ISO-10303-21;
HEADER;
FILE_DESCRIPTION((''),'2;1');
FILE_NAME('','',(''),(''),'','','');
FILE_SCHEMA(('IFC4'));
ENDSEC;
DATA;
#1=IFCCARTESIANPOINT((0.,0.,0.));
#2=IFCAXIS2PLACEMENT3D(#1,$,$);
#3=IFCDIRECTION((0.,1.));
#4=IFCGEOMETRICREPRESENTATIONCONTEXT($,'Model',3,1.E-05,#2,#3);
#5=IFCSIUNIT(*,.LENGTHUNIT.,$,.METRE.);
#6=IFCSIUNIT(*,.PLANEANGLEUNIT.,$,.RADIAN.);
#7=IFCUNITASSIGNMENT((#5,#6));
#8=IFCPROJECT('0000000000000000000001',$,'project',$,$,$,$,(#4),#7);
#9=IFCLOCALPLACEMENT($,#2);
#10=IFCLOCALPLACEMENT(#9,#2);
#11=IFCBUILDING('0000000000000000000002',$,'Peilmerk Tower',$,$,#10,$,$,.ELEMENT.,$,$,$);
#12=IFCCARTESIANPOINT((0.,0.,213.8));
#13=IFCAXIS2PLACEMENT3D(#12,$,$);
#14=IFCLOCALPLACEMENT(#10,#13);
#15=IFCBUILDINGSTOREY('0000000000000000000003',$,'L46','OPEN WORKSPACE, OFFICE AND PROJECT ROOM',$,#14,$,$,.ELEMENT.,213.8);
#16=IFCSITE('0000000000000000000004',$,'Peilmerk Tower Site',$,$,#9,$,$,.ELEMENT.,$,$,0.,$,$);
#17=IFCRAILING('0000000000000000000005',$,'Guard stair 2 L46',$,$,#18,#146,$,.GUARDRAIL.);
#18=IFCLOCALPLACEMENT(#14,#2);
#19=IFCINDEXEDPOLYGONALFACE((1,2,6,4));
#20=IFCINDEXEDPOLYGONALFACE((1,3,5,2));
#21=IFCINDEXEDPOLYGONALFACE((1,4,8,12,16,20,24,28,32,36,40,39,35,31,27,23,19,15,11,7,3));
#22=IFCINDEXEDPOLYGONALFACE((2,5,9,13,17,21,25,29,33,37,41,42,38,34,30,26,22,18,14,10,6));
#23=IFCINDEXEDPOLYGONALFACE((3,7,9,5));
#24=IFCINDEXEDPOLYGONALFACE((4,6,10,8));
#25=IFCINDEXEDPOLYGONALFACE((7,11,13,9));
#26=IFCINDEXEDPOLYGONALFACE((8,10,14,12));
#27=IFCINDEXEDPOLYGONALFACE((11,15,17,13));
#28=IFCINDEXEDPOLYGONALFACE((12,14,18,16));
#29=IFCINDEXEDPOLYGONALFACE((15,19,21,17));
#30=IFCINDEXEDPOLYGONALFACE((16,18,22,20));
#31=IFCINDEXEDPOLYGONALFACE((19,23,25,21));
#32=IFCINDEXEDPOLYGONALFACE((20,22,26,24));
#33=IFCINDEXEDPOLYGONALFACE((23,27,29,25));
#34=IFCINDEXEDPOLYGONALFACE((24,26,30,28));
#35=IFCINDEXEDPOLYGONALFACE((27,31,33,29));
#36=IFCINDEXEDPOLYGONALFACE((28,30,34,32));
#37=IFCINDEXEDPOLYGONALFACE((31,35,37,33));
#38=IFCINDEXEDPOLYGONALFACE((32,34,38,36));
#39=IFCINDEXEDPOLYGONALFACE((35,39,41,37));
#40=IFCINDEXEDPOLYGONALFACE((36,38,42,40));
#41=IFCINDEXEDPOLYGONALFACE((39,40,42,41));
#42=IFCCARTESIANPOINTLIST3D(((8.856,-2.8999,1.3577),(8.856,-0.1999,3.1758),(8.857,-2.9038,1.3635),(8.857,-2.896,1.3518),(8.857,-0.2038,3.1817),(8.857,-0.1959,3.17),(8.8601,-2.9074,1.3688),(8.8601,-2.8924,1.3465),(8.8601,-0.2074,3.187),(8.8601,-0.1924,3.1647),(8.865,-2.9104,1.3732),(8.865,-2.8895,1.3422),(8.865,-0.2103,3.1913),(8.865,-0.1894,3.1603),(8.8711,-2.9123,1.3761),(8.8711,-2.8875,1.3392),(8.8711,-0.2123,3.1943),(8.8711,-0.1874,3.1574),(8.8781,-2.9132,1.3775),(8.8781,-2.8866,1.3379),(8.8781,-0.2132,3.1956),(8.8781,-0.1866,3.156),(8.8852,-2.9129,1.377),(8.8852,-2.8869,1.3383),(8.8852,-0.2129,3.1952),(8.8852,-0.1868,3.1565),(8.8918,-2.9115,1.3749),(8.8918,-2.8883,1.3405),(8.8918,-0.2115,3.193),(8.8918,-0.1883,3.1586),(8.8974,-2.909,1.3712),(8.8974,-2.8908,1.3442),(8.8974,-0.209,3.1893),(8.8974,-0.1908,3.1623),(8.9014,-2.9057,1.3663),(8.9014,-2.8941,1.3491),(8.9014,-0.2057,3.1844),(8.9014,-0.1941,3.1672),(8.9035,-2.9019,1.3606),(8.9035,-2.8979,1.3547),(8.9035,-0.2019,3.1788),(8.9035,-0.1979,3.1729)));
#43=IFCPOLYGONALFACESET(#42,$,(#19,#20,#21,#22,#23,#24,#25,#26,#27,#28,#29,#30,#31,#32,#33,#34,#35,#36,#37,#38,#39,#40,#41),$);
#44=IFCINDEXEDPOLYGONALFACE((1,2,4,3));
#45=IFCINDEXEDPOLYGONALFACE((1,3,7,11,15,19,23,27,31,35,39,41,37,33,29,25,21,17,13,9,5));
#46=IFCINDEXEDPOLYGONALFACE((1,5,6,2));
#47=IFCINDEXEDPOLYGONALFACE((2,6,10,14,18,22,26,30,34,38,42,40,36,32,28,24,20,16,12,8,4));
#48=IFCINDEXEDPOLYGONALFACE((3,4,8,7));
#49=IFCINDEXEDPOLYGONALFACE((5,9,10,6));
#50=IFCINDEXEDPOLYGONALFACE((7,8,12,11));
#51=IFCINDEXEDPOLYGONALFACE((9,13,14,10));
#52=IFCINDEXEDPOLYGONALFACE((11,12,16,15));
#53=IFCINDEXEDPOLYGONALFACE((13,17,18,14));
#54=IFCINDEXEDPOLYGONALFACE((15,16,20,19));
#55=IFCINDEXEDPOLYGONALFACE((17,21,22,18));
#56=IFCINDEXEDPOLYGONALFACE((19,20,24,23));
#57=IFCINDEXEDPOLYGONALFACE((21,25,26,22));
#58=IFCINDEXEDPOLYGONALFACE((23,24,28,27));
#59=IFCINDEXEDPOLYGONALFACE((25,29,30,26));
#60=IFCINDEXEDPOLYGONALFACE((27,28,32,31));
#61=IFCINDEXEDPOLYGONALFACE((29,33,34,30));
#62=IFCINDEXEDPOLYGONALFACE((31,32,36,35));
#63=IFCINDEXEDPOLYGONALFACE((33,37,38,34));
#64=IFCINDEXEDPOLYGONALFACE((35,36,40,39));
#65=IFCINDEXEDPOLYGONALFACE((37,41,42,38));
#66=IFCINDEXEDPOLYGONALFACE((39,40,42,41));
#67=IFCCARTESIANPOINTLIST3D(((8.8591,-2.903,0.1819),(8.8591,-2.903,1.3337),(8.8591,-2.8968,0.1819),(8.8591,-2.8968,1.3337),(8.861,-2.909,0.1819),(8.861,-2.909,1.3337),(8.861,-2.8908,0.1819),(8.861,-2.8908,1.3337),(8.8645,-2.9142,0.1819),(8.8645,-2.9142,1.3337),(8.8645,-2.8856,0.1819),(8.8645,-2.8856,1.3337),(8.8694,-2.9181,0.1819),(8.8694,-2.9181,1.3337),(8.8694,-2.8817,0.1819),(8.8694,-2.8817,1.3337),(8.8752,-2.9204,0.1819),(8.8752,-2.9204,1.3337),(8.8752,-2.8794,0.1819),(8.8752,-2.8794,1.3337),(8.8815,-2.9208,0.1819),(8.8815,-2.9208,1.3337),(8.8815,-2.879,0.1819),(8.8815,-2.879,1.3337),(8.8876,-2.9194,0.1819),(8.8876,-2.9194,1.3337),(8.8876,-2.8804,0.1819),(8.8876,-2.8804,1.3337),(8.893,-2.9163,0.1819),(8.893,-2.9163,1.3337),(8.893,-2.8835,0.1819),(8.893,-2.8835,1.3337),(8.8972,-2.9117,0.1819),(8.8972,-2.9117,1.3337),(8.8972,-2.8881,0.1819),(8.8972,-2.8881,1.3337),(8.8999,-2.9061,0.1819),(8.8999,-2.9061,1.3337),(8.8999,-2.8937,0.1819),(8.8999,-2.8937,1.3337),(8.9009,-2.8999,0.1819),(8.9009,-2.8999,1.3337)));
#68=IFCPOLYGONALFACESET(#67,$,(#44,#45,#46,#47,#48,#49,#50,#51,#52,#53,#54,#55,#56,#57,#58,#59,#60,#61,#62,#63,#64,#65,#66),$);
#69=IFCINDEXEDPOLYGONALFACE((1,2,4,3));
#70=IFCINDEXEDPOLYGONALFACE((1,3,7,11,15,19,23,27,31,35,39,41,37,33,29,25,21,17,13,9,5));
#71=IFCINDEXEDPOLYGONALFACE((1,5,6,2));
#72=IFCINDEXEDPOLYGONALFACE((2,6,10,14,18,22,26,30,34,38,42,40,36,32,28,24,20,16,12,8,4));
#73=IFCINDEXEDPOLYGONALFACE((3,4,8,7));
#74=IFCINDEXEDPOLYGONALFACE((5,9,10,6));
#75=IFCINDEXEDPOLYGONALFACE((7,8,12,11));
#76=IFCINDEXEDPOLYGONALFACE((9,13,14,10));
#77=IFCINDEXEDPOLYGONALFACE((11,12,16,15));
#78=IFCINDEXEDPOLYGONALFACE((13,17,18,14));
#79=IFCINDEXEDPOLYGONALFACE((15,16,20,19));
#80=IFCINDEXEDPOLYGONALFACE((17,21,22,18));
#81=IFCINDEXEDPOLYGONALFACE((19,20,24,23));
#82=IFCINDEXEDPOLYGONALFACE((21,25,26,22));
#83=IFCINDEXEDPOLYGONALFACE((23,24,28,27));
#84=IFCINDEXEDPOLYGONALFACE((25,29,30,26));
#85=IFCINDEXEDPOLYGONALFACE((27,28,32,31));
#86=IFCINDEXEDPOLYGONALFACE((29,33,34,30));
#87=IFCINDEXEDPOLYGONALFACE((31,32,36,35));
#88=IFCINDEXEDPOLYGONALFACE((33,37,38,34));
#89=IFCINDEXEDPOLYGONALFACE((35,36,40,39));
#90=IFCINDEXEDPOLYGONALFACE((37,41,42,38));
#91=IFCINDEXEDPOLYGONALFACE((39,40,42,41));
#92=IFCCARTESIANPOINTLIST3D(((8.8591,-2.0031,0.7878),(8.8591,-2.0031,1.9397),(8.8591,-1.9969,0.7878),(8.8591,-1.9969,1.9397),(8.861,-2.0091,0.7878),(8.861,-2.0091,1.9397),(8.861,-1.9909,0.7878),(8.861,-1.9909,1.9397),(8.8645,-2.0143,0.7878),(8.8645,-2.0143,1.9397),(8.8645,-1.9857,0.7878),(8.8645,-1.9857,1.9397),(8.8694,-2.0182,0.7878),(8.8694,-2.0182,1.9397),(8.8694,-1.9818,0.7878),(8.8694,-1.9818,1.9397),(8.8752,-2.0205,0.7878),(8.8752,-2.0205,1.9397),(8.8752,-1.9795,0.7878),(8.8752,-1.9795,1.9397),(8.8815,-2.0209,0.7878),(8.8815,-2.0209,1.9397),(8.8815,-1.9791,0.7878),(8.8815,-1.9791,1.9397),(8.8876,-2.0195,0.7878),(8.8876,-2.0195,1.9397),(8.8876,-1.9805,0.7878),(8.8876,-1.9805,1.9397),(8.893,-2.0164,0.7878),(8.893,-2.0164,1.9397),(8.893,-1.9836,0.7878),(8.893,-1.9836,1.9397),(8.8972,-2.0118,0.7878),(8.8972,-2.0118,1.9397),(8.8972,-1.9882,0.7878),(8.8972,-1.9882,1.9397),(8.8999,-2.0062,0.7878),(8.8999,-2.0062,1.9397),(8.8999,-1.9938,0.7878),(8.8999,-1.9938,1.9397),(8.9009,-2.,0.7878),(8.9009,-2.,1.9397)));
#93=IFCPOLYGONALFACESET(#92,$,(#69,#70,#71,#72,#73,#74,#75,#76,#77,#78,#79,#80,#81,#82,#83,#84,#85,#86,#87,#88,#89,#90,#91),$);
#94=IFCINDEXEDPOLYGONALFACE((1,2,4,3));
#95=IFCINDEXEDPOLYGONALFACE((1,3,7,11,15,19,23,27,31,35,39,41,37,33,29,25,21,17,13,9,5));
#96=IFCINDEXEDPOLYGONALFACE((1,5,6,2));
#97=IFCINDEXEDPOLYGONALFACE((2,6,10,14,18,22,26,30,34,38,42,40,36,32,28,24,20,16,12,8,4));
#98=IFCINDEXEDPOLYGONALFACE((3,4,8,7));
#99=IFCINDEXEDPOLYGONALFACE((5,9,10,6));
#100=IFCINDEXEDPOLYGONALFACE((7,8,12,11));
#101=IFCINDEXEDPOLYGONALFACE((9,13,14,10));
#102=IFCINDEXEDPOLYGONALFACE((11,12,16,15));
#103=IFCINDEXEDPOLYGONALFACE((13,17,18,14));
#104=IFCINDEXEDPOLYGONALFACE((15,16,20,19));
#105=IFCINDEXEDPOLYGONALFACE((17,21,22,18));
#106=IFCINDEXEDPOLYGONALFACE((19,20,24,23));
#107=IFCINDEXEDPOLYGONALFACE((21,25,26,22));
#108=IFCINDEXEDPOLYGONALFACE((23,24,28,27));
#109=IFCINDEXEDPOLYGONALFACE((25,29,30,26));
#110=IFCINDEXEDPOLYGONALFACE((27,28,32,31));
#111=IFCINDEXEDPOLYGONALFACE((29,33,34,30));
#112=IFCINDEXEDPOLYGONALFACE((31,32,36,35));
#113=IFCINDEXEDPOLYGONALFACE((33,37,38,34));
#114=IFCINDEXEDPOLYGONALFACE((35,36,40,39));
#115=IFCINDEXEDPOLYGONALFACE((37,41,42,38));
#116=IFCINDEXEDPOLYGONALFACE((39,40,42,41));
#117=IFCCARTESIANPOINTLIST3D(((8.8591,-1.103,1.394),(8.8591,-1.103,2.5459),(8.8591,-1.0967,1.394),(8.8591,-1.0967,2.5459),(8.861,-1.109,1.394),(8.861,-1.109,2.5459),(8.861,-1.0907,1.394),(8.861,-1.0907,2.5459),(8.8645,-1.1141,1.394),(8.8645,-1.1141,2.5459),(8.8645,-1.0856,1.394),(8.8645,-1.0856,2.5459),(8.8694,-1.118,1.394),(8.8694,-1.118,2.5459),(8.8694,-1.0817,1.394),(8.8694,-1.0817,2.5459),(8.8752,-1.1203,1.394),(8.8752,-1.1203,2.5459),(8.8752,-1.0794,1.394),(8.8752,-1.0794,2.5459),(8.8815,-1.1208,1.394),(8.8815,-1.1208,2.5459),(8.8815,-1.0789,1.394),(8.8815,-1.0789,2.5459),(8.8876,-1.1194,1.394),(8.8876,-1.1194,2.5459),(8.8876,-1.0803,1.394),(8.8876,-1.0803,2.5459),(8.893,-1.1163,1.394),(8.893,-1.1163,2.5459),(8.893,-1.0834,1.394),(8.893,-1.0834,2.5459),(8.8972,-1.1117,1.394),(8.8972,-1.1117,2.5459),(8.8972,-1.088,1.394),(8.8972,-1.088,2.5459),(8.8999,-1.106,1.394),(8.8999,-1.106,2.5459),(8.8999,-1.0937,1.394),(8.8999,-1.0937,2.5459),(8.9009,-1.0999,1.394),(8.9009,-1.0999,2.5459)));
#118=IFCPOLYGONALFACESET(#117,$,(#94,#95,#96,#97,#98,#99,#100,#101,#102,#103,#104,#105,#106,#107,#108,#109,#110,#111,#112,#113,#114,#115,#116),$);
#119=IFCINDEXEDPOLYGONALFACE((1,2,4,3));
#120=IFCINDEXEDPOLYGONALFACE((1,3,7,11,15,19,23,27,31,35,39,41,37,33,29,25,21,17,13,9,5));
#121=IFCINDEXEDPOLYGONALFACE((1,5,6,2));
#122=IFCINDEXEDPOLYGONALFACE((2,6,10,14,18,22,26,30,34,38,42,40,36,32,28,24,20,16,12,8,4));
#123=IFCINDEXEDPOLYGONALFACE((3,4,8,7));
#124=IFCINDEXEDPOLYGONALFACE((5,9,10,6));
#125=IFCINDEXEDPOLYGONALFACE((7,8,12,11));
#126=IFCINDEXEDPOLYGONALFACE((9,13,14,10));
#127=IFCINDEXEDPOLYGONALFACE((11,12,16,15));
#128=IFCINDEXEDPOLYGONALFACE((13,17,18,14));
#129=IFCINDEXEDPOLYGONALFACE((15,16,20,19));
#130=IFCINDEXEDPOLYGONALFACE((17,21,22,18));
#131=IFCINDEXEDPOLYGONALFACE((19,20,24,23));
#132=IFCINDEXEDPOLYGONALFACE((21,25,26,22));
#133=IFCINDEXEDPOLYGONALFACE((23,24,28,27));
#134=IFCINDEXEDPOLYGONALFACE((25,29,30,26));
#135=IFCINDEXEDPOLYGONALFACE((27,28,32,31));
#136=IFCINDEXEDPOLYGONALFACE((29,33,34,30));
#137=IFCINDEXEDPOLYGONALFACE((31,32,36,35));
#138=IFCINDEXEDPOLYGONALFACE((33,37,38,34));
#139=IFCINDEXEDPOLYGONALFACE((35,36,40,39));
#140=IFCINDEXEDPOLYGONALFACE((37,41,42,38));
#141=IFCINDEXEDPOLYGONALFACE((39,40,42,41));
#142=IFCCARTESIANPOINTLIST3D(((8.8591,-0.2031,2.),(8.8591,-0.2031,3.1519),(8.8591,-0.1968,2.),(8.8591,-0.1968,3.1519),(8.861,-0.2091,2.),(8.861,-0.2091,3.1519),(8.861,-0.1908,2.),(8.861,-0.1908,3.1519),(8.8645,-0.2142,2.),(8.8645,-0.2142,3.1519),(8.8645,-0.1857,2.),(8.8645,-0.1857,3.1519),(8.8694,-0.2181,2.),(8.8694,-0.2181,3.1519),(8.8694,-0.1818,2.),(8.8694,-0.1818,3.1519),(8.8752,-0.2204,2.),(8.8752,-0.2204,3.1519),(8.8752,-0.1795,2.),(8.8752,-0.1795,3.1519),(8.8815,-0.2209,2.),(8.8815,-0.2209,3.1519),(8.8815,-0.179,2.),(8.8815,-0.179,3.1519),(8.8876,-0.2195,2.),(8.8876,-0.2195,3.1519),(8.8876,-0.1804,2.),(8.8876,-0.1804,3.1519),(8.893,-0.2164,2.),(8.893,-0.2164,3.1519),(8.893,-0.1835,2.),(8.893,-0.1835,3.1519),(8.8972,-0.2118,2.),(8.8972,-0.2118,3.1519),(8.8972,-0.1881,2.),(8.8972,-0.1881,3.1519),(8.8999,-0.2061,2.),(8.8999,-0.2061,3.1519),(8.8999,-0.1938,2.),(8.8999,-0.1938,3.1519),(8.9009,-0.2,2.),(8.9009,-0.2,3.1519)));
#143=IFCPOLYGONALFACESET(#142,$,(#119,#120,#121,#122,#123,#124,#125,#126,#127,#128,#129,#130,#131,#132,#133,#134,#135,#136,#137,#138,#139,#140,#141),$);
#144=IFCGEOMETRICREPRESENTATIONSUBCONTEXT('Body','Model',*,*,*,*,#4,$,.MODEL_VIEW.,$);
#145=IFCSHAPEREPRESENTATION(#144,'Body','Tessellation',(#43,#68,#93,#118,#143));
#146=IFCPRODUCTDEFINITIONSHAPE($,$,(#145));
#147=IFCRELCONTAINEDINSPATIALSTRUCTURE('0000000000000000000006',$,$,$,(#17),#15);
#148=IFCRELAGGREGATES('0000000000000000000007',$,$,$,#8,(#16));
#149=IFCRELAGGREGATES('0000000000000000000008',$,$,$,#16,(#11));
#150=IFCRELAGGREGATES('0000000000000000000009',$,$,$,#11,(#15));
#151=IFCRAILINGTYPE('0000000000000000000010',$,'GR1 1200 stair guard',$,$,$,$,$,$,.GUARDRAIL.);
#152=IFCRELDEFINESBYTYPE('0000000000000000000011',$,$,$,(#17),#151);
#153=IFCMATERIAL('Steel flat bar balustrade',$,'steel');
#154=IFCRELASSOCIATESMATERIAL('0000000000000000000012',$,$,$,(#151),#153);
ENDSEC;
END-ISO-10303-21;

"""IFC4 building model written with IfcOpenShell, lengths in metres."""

from ifc_helpers import new_model, si_unit, direction, frame, origin, origin_2d, place, context, subcontext, project, spatial, circle, extrude, material, type_object, element, save


model = new_model("IFC4")

# Units and contexts
model_context = context("Model", 3, precision=1e-05, world=origin(), true_north=direction((0.0, 1.0)))
body_context = subcontext(model_context, "Body", "Model", "MODEL_VIEW")
ifc_project = project(units=[si_unit("LENGTHUNIT", "METRE"), si_unit("PLANEANGLEUNIT", "RADIAN")], contexts=[model_context])

# Site, building, storey
site_placement = place(None, origin())
site = spatial("IfcSite", under=ifc_project, at=site_placement, Name="Peilmerk Tower Site", CompositionType="ELEMENT", RefElevation=0.0)
building_placement = place(site_placement, origin())
building = spatial("IfcBuilding", under=site, at=building_placement, Name="Peilmerk Tower", CompositionType="ELEMENT")
storey_placement = place(building_placement, frame((0.0, 0.0, 213.8)))
storey = spatial("IfcBuildingStorey", under=building, at=storey_placement, Name="L46", Description="OPEN WORKSPACE, OFFICE AND PROJECT ROOM", CompositionType="ELEMENT", Elevation=213.8)

# Railing
ifc_material_1 = material(Name="Steel flat bar balustrade", Category="steel")
railing_type_1 = type_object("IfcRailingType", Name="GR1 1200 stair guard", PredefinedType="GUARDRAIL", material=ifc_material_1)
railing_1_placement = place(storey_placement, frame((8.8799, -2.8999, 0.1819)))
element("IfcRailing", 1, at=railing_1_placement, inside=storey, type_object=railing_type_1, Name="Guard stair 2 L46", PredefinedType="GUARDRAIL", context=body_context, shape_type="SweptSolid", body=[
    extrude(circle(Radius=0.0239, at=origin_2d()), frame((0.0, 0.0, 1.1758), z_axis=(0.0, 0.829468, 0.558554), x_axis=(-1.0, 0.0, 0.0)), (0.0, 0.0, 1.0), 3.2551),
    extrude(circle(Radius=0.021, at=origin_2d()), origin(), (0.0, 0.0, 1.0), 1.1519),
    extrude(circle(Radius=0.021, at=origin_2d()), frame((0.0, 0.8999, 0.606)), (0.0, 0.0, 1.0), 1.1519),
    extrude(circle(Radius=0.021, at=origin_2d()), frame((0.0, 1.8, 1.2122)), (0.0, 0.0, 1.0), 1.1519),
    extrude(circle(Radius=0.021, at=origin_2d()), frame((0.0, 2.7, 1.8181)), (0.0, 0.0, 1.0), 1.1519),
])

save(model, "model.ifc")
